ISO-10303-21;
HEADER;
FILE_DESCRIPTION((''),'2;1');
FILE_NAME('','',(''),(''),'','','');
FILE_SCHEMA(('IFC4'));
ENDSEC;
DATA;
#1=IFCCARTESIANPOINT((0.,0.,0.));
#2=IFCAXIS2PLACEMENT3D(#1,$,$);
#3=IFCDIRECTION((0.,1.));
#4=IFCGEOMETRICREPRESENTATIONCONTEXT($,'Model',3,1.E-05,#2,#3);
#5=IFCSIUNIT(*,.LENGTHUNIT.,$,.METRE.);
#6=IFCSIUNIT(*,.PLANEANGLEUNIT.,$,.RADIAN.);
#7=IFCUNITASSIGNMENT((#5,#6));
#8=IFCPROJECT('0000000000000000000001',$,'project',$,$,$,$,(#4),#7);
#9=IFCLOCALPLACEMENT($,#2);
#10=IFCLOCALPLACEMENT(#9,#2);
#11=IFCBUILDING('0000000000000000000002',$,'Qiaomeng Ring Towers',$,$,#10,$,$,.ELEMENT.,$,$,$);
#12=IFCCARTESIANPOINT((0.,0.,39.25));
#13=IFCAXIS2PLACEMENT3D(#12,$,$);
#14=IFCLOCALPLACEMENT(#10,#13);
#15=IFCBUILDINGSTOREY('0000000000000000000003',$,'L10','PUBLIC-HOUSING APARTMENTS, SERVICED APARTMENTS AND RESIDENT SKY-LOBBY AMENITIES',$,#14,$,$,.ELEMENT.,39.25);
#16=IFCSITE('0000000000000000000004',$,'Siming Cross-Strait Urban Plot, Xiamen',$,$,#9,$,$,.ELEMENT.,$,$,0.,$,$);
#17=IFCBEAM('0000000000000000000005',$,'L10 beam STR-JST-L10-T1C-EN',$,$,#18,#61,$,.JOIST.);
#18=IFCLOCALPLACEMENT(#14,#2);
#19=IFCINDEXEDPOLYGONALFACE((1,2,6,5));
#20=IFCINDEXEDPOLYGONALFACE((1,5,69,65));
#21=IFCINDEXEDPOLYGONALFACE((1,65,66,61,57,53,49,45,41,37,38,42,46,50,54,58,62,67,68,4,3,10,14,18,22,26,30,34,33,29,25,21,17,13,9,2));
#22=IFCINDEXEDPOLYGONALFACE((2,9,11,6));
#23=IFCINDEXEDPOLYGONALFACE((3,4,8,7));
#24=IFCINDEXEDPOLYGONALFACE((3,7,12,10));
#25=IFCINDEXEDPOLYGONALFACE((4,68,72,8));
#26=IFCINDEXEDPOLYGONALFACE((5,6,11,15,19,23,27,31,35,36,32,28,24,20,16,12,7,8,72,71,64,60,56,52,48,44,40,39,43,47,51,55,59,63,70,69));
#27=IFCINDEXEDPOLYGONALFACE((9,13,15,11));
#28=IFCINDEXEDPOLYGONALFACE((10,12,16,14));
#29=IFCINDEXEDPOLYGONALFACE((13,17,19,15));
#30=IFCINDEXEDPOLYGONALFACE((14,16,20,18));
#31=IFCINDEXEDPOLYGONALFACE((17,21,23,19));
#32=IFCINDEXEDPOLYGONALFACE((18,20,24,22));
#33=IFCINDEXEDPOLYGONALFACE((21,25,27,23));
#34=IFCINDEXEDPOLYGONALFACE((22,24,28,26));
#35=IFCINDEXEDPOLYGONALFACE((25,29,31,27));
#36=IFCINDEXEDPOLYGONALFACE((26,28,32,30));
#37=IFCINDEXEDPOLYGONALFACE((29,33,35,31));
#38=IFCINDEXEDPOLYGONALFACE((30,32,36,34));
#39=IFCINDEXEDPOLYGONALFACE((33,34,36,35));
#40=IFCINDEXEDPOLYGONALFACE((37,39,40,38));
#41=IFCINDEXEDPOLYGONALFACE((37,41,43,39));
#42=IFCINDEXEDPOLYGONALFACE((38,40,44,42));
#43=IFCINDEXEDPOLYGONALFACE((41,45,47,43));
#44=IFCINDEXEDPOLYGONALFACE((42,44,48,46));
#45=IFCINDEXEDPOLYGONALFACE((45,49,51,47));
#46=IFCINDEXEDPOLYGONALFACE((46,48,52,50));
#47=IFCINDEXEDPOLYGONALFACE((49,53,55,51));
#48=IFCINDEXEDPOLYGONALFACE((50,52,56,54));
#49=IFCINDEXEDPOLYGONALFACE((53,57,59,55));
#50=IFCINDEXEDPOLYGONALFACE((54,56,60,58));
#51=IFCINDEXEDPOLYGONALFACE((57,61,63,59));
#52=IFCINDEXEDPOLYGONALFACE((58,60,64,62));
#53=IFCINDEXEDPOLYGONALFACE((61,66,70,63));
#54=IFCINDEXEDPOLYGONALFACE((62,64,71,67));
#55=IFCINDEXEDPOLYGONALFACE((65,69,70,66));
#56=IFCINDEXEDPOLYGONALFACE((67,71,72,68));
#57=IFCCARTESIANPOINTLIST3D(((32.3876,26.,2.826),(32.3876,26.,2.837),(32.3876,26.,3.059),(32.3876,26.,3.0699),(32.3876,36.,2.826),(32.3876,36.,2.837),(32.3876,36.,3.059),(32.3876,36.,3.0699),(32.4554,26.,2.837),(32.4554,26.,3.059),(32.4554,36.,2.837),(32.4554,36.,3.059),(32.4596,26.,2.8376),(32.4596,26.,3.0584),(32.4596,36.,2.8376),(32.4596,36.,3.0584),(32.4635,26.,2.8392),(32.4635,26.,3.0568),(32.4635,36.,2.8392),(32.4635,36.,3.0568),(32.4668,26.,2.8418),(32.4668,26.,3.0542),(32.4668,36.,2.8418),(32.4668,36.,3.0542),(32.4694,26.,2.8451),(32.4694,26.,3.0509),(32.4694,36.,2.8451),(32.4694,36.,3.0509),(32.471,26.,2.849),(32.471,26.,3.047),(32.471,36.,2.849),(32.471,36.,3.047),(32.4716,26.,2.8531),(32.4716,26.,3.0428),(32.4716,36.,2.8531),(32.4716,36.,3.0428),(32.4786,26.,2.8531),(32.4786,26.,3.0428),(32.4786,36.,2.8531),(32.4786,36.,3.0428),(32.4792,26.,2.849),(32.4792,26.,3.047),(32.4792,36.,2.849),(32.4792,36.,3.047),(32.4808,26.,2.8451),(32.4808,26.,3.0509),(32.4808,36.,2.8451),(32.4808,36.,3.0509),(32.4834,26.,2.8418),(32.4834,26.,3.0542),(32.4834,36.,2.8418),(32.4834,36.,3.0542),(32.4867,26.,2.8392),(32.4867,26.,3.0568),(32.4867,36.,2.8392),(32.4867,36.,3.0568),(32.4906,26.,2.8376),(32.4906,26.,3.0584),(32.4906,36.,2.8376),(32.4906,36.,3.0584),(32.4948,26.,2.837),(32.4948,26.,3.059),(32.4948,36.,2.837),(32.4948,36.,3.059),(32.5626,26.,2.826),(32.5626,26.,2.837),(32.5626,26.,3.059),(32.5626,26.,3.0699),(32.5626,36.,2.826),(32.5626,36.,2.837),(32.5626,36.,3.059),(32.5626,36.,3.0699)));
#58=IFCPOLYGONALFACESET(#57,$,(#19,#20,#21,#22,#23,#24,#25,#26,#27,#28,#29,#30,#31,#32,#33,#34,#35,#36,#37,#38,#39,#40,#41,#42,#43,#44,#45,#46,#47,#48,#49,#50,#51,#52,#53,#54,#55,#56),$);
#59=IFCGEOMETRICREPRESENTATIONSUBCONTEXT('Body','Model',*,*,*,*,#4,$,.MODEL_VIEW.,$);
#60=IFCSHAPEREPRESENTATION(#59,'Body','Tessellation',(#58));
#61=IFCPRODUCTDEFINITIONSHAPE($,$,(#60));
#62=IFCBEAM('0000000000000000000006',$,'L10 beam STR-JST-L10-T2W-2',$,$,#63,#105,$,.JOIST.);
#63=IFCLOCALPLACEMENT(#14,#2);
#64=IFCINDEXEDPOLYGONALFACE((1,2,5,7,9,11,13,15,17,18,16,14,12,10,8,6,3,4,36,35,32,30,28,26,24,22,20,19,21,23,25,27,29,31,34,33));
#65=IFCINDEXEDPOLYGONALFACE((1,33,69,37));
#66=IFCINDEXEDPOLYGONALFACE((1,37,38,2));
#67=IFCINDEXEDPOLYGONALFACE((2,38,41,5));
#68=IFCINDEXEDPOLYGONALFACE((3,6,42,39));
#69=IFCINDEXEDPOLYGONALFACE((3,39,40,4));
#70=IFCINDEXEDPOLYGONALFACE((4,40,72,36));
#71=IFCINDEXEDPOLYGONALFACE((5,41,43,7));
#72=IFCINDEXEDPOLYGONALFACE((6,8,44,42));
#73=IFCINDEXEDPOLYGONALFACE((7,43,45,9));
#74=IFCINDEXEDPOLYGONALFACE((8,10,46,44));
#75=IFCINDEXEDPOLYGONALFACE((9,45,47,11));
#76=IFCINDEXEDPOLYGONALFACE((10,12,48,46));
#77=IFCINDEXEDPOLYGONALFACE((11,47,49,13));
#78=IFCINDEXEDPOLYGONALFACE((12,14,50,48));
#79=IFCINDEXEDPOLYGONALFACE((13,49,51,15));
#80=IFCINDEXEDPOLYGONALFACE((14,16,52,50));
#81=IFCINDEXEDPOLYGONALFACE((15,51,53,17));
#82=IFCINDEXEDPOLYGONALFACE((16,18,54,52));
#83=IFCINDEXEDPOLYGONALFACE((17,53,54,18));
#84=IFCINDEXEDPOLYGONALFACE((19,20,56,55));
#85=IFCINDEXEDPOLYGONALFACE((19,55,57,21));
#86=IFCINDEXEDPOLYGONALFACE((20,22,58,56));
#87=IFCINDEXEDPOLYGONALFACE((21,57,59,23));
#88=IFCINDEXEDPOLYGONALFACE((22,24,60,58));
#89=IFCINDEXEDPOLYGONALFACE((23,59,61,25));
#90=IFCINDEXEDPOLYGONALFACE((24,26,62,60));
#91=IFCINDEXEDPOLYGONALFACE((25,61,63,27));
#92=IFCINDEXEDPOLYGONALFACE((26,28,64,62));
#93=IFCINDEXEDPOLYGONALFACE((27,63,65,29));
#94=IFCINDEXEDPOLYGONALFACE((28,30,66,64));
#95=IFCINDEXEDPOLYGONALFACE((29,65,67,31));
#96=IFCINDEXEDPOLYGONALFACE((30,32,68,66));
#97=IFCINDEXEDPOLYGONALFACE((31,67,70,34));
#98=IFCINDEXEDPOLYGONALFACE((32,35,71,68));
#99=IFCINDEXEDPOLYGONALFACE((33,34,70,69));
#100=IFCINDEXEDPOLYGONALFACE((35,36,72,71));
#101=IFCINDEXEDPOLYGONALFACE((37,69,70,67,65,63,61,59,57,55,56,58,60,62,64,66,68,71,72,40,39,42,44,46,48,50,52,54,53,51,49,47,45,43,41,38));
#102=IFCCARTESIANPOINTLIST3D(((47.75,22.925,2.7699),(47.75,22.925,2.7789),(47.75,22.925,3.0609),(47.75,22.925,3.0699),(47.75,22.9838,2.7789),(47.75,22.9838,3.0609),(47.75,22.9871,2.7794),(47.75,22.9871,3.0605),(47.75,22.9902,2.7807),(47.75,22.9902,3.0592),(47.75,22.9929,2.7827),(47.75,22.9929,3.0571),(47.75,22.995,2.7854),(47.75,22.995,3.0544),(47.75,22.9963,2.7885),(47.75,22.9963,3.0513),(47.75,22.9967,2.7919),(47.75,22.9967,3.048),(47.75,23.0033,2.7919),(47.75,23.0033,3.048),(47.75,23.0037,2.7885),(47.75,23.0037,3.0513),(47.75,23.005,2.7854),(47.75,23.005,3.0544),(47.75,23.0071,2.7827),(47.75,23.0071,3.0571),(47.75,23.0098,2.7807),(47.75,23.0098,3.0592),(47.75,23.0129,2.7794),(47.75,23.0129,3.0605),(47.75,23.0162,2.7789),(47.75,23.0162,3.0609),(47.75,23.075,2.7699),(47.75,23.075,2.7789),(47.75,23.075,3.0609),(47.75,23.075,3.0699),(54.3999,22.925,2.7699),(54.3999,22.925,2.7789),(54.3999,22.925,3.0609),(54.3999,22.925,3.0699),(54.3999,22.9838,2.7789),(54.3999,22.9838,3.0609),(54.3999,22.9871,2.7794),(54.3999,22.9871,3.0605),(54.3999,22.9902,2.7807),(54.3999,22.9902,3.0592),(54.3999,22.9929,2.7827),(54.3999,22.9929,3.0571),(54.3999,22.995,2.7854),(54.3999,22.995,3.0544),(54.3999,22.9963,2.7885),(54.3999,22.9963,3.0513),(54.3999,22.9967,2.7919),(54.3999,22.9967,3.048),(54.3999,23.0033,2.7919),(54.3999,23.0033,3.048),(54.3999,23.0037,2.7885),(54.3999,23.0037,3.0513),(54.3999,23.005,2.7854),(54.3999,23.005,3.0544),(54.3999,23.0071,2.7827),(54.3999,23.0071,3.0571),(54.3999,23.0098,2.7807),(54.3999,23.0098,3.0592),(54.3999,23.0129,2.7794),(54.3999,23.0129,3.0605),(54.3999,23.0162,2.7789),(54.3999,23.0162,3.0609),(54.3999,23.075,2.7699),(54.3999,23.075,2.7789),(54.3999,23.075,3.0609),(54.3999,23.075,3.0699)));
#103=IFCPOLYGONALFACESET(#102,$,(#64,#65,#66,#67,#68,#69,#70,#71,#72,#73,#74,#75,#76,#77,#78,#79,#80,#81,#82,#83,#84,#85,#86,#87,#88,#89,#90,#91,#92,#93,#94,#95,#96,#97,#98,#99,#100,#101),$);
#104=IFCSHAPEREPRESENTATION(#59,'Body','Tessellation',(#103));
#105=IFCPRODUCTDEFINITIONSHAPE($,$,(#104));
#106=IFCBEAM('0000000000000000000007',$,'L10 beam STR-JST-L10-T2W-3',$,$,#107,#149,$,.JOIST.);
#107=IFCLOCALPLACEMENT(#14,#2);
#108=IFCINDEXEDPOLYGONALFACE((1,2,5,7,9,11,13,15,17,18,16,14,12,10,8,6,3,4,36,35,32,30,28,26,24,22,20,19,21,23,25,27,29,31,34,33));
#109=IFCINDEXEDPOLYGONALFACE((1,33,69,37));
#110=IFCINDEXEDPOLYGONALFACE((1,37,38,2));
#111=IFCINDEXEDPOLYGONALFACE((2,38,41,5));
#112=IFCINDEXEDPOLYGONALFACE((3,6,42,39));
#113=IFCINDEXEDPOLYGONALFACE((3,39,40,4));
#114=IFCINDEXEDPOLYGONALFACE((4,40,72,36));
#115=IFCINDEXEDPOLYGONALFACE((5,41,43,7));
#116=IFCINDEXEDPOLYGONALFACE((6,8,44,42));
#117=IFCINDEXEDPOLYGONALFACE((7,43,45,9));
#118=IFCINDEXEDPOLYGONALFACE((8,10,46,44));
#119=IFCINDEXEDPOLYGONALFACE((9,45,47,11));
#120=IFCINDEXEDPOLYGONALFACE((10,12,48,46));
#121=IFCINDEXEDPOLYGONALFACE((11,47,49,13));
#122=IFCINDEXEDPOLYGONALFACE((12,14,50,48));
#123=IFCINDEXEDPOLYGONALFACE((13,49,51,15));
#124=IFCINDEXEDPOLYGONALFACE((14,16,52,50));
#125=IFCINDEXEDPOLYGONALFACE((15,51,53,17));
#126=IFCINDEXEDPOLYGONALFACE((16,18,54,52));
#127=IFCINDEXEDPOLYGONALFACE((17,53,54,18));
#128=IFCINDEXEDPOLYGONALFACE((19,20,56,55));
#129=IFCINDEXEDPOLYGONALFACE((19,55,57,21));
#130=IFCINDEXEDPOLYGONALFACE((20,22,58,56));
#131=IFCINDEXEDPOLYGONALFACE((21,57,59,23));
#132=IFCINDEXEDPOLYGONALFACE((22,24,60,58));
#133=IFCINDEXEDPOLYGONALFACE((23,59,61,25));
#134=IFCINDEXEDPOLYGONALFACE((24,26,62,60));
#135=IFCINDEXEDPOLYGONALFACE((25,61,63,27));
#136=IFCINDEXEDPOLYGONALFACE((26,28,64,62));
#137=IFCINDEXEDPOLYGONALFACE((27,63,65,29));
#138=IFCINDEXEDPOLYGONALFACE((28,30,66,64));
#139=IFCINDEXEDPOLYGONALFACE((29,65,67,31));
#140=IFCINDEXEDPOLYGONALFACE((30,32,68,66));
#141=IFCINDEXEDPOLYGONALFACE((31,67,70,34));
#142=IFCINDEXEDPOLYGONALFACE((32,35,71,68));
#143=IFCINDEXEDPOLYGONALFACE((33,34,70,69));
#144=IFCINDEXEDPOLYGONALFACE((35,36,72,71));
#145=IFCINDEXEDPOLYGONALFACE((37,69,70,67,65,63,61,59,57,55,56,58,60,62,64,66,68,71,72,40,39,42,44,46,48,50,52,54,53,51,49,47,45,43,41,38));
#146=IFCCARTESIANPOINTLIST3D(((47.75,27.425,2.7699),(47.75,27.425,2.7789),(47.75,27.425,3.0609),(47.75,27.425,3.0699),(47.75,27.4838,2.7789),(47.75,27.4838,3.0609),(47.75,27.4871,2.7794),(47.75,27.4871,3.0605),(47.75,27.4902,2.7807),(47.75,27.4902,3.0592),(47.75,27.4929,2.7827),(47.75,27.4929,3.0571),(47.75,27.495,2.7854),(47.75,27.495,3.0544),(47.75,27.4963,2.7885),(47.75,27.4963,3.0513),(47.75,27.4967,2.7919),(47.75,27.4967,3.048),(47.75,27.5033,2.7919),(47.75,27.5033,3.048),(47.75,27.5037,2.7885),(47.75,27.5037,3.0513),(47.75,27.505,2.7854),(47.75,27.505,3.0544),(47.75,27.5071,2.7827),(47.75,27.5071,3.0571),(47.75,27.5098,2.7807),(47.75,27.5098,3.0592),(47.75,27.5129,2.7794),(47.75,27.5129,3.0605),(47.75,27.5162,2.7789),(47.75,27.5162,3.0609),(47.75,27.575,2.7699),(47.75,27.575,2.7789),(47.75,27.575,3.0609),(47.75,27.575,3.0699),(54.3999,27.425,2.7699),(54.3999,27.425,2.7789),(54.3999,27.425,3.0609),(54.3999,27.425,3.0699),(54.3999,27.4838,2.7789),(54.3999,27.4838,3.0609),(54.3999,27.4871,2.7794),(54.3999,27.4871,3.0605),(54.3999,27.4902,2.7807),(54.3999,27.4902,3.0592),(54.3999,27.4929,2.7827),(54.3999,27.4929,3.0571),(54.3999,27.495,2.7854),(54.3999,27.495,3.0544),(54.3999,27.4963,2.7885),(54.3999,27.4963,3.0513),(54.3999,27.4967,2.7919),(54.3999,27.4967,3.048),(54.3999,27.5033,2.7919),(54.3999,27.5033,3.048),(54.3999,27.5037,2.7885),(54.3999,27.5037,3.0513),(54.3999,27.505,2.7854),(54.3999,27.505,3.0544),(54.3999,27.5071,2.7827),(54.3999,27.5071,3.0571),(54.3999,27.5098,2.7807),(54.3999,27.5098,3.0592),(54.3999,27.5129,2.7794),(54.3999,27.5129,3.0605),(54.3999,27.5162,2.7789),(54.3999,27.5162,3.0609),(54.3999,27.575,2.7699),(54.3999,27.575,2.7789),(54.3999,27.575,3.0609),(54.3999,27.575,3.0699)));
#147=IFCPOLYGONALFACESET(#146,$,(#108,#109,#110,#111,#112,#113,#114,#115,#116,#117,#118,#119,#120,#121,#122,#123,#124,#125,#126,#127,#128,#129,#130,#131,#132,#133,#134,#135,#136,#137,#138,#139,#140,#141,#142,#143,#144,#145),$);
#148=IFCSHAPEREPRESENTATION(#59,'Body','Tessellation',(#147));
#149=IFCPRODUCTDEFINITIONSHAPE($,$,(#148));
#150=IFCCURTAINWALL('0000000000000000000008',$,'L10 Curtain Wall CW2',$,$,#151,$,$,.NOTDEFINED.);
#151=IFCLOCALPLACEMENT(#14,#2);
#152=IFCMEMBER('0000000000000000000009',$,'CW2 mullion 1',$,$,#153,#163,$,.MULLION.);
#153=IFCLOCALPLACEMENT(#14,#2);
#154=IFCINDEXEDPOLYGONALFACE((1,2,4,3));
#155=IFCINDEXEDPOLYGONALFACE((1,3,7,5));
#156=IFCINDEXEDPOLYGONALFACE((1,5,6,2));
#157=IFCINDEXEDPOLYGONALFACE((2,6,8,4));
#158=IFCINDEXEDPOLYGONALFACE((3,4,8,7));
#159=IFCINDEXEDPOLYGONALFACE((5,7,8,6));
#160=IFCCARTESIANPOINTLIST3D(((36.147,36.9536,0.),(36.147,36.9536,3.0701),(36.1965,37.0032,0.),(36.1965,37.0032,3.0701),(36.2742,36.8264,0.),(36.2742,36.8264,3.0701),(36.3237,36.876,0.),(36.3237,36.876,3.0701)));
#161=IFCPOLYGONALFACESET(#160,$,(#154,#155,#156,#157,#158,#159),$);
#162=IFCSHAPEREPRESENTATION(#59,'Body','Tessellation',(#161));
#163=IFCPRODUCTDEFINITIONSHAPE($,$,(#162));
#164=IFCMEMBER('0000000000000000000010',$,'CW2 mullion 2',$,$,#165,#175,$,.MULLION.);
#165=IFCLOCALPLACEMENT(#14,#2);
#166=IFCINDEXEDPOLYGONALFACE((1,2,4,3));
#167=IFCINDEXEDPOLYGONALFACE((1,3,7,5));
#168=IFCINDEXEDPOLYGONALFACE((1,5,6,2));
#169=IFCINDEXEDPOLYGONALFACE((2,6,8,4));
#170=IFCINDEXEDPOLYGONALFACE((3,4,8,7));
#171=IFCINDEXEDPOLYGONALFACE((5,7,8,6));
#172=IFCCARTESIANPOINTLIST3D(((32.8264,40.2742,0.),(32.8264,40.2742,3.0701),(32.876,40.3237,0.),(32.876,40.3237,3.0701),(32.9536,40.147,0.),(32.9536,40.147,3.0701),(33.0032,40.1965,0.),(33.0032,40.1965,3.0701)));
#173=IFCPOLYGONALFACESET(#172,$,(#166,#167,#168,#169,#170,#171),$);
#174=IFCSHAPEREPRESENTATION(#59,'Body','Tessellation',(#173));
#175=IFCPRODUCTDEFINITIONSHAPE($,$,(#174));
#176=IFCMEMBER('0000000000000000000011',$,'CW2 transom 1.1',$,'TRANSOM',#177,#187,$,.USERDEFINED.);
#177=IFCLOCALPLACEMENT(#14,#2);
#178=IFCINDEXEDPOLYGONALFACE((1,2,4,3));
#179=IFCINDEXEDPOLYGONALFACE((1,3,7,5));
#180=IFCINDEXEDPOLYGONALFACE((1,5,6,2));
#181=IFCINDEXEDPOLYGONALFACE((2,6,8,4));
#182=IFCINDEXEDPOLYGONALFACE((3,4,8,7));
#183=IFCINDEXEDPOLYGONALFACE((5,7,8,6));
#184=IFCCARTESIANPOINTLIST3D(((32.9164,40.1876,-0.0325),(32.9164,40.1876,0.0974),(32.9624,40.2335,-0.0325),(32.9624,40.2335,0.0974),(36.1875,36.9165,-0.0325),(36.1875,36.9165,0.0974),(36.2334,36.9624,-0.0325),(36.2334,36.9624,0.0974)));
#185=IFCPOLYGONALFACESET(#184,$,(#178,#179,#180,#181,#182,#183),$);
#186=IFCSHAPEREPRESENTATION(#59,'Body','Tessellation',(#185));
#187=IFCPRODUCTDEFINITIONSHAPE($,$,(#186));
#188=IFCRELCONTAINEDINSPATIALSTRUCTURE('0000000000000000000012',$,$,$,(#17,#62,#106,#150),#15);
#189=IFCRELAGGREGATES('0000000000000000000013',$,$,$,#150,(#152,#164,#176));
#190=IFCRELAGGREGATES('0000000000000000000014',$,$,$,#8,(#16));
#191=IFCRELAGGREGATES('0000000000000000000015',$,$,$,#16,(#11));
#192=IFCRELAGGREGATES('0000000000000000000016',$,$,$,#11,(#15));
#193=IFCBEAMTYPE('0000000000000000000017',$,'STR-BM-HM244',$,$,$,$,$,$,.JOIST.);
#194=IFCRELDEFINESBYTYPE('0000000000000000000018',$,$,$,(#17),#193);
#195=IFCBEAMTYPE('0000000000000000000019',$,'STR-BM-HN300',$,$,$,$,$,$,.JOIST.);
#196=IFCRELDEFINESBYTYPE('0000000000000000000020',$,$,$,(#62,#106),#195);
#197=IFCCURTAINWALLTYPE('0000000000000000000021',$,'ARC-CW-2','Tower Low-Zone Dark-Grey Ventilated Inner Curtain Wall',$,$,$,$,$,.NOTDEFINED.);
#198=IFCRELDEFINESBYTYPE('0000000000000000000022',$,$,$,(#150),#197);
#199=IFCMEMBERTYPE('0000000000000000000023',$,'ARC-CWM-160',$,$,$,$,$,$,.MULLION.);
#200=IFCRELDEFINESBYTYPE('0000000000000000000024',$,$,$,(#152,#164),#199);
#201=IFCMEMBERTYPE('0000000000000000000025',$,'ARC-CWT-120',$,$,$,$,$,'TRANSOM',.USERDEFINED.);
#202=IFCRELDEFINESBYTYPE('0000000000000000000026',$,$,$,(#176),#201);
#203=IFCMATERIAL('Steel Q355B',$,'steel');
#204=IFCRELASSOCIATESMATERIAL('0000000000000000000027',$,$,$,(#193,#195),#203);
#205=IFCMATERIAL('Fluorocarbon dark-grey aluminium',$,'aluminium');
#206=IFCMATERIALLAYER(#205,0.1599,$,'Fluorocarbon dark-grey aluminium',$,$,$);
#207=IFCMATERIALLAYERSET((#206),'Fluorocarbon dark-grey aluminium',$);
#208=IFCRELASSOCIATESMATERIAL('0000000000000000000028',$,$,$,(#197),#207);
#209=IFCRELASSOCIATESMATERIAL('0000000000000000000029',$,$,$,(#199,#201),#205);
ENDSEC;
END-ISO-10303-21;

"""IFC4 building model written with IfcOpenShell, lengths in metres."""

from ifc_helpers import new_model, si_unit, direction, frame, origin, origin_2d, place, context, subcontext, project, spatial, rectangle, i_section, extrude, source, transform, mapped, material, layer, layer_set, material_profile, profile_set, type_object, element, aggregate, save


model = new_model("IFC4")

# Units and contexts
model_context = context("Model", 3, precision=1e-05, world=origin(), true_north=direction((0.0, 1.0)))
body_context = subcontext(model_context, "Body", "Model", "MODEL_VIEW")
ifc_project = project(units=[si_unit("LENGTHUNIT", "METRE"), si_unit("PLANEANGLEUNIT", "RADIAN")], contexts=[model_context])

# Site, building, storey
site_placement = place(None, origin())
site = spatial("IfcSite", under=ifc_project, at=site_placement, Name="Siming Cross-Strait Urban Plot, Xiamen", CompositionType="ELEMENT", RefElevation=0.0)
building_placement = place(site_placement, origin())
building = spatial("IfcBuilding", under=site, at=building_placement, Name="Qiaomeng Ring Towers", CompositionType="ELEMENT")
storey_placement = place(building_placement, frame((0.0, 0.0, 39.25)))
storey = spatial("IfcBuildingStorey", under=building, at=storey_placement, Name="L10", Description="PUBLIC-HOUSING APARTMENTS, SERVICED APARTMENTS AND RESIDENT SKY-LOBBY AMENITIES", CompositionType="ELEMENT", Elevation=39.25)

# Beams
ifc_material_1 = material(Name="Steel Q355B", Category="steel")
ifc_material_profile_1 = material_profile(ifc_material_1, i_section(OverallWidth=0.175, OverallDepth=0.2439, WebThickness=0.0071, FlangeThickness=0.011, FilletRadius=0.0161, at=origin_2d()), Name="HM 244x175x7x11")
ifc_profile_set_1 = profile_set([ifc_material_profile_1], Name="Steel Q355B")
beam_type_1 = type_object("IfcBeamType", Name="STR-BM-HM244", PredefinedType="JOIST", material=ifc_profile_set_1)
shared_shape_1 = source(origin(), body_context, "Body", "SweptSolid", [
    extrude(i_section(OverallWidth=0.175, OverallDepth=0.2439, WebThickness=0.0071, FlangeThickness=0.011, FilletRadius=0.0161, at=origin_2d()), origin(), (0.0, 0.0, 1.0), 10.0),
])
beam_1_placement = place(storey_placement, frame((32.4751, 26.0, 2.948), z_axis=(0.0, 1.0, 0.0), x_axis=(-1.0, 0.0, 0.0)))
element("IfcBeam", 1, at=beam_1_placement, inside=storey, type_object=beam_type_1, Name="L10 beam STR-JST-L10-T1C-EN", PredefinedType="JOIST", context=body_context, shape_type="MappedRepresentation", body=[
    mapped(shared_shape_1, transform((0.0, 0.0, 0.0), x_axis=(1.0, 0.0, 0.0), y_axis=(0.0, 1.0, 0.0), z_axis=(0.0, 0.0, 1.0), scale=1.0)),
])
ifc_material_profile_2 = material_profile(ifc_material_1, i_section(OverallWidth=0.1499, OverallDepth=0.3, WebThickness=0.0066, FlangeThickness=0.009, FilletRadius=0.0129, at=origin_2d()), Name="HN 300x150x6.5x9")
ifc_profile_set_2 = profile_set([ifc_material_profile_2], Name="Steel Q355B")
beam_type_2 = type_object("IfcBeamType", Name="STR-BM-HN300", PredefinedType="JOIST", material=ifc_profile_set_2)
shared_shape_2 = source(origin(), body_context, "Body", "SweptSolid", [
    extrude(i_section(OverallWidth=0.1499, OverallDepth=0.3, WebThickness=0.0066, FlangeThickness=0.009, FilletRadius=0.0129, at=origin_2d()), origin(), (0.0, 0.0, 1.0), 6.6499),
])
for number, where, z_axis, x_axis, name in (
    (2, (47.75, 23.0, 2.9199), (1.0, 0.0, 0.0), (0.0, 1.0, 0.0), "L10 beam STR-JST-L10-T2W-2"),
    (3, (47.75, 27.5, 2.9199), (1.0, 0.0, 0.0), (0.0, 1.0, 0.0), "L10 beam STR-JST-L10-T2W-3"),
):
    element("IfcBeam", number, at=place(storey_placement, frame(where, z_axis=z_axis, x_axis=x_axis)), inside=storey, type_object=beam_type_2, Name=name, PredefinedType="JOIST", context=body_context, shape_type="MappedRepresentation", body=[
        mapped(shared_shape_2, transform((0.0, 0.0, 0.0), x_axis=(1.0, 0.0, 0.0), y_axis=(0.0, 1.0, 0.0), z_axis=(0.0, 0.0, 1.0), scale=1.0)),
    ])

# Curtain wall, members
ifc_material_2 = material(Name="Fluorocarbon dark-grey aluminium", Category="aluminium")
ifc_layer_1 = layer(ifc_material_2, 0.1599, Name="Fluorocarbon dark-grey aluminium")
ifc_layer_set_1 = layer_set([ifc_layer_1], Name="Fluorocarbon dark-grey aluminium")
curtain_wall_type = type_object("IfcCurtainWallType", Name="ARC-CW-2", Description="Tower Low-Zone Dark-Grey Ventilated Inner Curtain Wall", PredefinedType="NOTDEFINED", material=ifc_layer_set_1)
curtain_wall_placement = place(storey_placement, origin())
curtain_wall = element("IfcCurtainWall", 4, at=curtain_wall_placement, inside=storey, type_object=curtain_wall_type, Name="L10 Curtain Wall CW2", PredefinedType="NOTDEFINED")
ifc_material_profile_3 = material_profile(ifc_material_2, rectangle(XDim=0.0701, YDim=0.1799, at=origin_2d()), Name="ALU MULL 70x180")
ifc_profile_set_3 = profile_set([ifc_material_profile_3], Name="Fluorocarbon dark-grey aluminium")
member_type_1 = type_object("IfcMemberType", Name="ARC-CWM-160", PredefinedType="MULLION", material=ifc_profile_set_3)
shared_shape_3 = source(origin(), body_context, "Body", "SweptSolid", [
    extrude(rectangle(XDim=0.0701, YDim=0.1799, at=origin_2d()), origin(), (0.0, 0.0, 1.0), 3.0701),
])
member_1_placement = place(storey_placement, frame((36.2354, 36.9148, 0.0), z_axis=(0.0, 0.0, 1.0), x_axis=(-0.707107, -0.707107, 0.0)))
member_1 = element("IfcMember", 5, at=member_1_placement, type_object=member_type_1, Name="CW2 mullion 1", PredefinedType="MULLION", context=body_context, shape_type="MappedRepresentation", body=[
    mapped(shared_shape_3, transform((0.0, 0.0, 0.0), x_axis=(1.0, 0.0, 0.0), y_axis=(0.0, 1.0, 0.0), z_axis=(0.0, 0.0, 1.0), scale=1.0)),
])
member_2_placement = place(storey_placement, frame((32.9148, 40.2354, 0.0), z_axis=(0.0, 0.0, 1.0), x_axis=(-0.707107, -0.707107, 0.0)))
member_2 = element("IfcMember", 6, at=member_2_placement, type_object=member_type_1, Name="CW2 mullion 2", PredefinedType="MULLION", context=body_context, shape_type="MappedRepresentation", body=[
    mapped(shared_shape_3, transform((0.0, 0.0, 0.0), x_axis=(1.0, 0.0, 0.0), y_axis=(0.0, 1.0, 0.0), z_axis=(0.0, 0.0, 1.0), scale=1.0)),
])
ifc_material_profile_4 = material_profile(ifc_material_2, rectangle(XDim=0.0649, YDim=0.1299, at=origin_2d()), Name="ALU TRAN 65x130")
ifc_profile_set_4 = profile_set([ifc_material_profile_4], Name="Fluorocarbon dark-grey aluminium")
member_type_2 = type_object("IfcMemberType", Name="ARC-CWT-120", ElementType="TRANSOM", PredefinedType="USERDEFINED", material=ifc_profile_set_4)
shared_shape_4 = source(origin(), body_context, "Body", "SweptSolid", [
    extrude(rectangle(XDim=0.0649, YDim=0.1299, at=origin_2d()), origin(), (0.0, 0.0, 1.0), 4.626),
])
member_3_placement = place(storey_placement, frame((36.2104, 36.9395, 0.0325), z_axis=(-0.707107, 0.707107, 0.0), x_axis=(-0.707107, -0.707107, 0.0)))
member_3 = element("IfcMember", 7, at=member_3_placement, type_object=member_type_2, Name="CW2 transom 1.1", ObjectType="TRANSOM", PredefinedType="USERDEFINED", context=body_context, shape_type="MappedRepresentation", body=[
    mapped(shared_shape_4, transform((0.0, 0.0, 0.0), x_axis=(1.0, 0.0, 0.0), y_axis=(0.0, 1.0, 0.0), z_axis=(0.0, 0.0, 1.0), scale=1.0)),
])
aggregate(curtain_wall, [member_1, member_2, member_3])

save(model, "model.ifc")
